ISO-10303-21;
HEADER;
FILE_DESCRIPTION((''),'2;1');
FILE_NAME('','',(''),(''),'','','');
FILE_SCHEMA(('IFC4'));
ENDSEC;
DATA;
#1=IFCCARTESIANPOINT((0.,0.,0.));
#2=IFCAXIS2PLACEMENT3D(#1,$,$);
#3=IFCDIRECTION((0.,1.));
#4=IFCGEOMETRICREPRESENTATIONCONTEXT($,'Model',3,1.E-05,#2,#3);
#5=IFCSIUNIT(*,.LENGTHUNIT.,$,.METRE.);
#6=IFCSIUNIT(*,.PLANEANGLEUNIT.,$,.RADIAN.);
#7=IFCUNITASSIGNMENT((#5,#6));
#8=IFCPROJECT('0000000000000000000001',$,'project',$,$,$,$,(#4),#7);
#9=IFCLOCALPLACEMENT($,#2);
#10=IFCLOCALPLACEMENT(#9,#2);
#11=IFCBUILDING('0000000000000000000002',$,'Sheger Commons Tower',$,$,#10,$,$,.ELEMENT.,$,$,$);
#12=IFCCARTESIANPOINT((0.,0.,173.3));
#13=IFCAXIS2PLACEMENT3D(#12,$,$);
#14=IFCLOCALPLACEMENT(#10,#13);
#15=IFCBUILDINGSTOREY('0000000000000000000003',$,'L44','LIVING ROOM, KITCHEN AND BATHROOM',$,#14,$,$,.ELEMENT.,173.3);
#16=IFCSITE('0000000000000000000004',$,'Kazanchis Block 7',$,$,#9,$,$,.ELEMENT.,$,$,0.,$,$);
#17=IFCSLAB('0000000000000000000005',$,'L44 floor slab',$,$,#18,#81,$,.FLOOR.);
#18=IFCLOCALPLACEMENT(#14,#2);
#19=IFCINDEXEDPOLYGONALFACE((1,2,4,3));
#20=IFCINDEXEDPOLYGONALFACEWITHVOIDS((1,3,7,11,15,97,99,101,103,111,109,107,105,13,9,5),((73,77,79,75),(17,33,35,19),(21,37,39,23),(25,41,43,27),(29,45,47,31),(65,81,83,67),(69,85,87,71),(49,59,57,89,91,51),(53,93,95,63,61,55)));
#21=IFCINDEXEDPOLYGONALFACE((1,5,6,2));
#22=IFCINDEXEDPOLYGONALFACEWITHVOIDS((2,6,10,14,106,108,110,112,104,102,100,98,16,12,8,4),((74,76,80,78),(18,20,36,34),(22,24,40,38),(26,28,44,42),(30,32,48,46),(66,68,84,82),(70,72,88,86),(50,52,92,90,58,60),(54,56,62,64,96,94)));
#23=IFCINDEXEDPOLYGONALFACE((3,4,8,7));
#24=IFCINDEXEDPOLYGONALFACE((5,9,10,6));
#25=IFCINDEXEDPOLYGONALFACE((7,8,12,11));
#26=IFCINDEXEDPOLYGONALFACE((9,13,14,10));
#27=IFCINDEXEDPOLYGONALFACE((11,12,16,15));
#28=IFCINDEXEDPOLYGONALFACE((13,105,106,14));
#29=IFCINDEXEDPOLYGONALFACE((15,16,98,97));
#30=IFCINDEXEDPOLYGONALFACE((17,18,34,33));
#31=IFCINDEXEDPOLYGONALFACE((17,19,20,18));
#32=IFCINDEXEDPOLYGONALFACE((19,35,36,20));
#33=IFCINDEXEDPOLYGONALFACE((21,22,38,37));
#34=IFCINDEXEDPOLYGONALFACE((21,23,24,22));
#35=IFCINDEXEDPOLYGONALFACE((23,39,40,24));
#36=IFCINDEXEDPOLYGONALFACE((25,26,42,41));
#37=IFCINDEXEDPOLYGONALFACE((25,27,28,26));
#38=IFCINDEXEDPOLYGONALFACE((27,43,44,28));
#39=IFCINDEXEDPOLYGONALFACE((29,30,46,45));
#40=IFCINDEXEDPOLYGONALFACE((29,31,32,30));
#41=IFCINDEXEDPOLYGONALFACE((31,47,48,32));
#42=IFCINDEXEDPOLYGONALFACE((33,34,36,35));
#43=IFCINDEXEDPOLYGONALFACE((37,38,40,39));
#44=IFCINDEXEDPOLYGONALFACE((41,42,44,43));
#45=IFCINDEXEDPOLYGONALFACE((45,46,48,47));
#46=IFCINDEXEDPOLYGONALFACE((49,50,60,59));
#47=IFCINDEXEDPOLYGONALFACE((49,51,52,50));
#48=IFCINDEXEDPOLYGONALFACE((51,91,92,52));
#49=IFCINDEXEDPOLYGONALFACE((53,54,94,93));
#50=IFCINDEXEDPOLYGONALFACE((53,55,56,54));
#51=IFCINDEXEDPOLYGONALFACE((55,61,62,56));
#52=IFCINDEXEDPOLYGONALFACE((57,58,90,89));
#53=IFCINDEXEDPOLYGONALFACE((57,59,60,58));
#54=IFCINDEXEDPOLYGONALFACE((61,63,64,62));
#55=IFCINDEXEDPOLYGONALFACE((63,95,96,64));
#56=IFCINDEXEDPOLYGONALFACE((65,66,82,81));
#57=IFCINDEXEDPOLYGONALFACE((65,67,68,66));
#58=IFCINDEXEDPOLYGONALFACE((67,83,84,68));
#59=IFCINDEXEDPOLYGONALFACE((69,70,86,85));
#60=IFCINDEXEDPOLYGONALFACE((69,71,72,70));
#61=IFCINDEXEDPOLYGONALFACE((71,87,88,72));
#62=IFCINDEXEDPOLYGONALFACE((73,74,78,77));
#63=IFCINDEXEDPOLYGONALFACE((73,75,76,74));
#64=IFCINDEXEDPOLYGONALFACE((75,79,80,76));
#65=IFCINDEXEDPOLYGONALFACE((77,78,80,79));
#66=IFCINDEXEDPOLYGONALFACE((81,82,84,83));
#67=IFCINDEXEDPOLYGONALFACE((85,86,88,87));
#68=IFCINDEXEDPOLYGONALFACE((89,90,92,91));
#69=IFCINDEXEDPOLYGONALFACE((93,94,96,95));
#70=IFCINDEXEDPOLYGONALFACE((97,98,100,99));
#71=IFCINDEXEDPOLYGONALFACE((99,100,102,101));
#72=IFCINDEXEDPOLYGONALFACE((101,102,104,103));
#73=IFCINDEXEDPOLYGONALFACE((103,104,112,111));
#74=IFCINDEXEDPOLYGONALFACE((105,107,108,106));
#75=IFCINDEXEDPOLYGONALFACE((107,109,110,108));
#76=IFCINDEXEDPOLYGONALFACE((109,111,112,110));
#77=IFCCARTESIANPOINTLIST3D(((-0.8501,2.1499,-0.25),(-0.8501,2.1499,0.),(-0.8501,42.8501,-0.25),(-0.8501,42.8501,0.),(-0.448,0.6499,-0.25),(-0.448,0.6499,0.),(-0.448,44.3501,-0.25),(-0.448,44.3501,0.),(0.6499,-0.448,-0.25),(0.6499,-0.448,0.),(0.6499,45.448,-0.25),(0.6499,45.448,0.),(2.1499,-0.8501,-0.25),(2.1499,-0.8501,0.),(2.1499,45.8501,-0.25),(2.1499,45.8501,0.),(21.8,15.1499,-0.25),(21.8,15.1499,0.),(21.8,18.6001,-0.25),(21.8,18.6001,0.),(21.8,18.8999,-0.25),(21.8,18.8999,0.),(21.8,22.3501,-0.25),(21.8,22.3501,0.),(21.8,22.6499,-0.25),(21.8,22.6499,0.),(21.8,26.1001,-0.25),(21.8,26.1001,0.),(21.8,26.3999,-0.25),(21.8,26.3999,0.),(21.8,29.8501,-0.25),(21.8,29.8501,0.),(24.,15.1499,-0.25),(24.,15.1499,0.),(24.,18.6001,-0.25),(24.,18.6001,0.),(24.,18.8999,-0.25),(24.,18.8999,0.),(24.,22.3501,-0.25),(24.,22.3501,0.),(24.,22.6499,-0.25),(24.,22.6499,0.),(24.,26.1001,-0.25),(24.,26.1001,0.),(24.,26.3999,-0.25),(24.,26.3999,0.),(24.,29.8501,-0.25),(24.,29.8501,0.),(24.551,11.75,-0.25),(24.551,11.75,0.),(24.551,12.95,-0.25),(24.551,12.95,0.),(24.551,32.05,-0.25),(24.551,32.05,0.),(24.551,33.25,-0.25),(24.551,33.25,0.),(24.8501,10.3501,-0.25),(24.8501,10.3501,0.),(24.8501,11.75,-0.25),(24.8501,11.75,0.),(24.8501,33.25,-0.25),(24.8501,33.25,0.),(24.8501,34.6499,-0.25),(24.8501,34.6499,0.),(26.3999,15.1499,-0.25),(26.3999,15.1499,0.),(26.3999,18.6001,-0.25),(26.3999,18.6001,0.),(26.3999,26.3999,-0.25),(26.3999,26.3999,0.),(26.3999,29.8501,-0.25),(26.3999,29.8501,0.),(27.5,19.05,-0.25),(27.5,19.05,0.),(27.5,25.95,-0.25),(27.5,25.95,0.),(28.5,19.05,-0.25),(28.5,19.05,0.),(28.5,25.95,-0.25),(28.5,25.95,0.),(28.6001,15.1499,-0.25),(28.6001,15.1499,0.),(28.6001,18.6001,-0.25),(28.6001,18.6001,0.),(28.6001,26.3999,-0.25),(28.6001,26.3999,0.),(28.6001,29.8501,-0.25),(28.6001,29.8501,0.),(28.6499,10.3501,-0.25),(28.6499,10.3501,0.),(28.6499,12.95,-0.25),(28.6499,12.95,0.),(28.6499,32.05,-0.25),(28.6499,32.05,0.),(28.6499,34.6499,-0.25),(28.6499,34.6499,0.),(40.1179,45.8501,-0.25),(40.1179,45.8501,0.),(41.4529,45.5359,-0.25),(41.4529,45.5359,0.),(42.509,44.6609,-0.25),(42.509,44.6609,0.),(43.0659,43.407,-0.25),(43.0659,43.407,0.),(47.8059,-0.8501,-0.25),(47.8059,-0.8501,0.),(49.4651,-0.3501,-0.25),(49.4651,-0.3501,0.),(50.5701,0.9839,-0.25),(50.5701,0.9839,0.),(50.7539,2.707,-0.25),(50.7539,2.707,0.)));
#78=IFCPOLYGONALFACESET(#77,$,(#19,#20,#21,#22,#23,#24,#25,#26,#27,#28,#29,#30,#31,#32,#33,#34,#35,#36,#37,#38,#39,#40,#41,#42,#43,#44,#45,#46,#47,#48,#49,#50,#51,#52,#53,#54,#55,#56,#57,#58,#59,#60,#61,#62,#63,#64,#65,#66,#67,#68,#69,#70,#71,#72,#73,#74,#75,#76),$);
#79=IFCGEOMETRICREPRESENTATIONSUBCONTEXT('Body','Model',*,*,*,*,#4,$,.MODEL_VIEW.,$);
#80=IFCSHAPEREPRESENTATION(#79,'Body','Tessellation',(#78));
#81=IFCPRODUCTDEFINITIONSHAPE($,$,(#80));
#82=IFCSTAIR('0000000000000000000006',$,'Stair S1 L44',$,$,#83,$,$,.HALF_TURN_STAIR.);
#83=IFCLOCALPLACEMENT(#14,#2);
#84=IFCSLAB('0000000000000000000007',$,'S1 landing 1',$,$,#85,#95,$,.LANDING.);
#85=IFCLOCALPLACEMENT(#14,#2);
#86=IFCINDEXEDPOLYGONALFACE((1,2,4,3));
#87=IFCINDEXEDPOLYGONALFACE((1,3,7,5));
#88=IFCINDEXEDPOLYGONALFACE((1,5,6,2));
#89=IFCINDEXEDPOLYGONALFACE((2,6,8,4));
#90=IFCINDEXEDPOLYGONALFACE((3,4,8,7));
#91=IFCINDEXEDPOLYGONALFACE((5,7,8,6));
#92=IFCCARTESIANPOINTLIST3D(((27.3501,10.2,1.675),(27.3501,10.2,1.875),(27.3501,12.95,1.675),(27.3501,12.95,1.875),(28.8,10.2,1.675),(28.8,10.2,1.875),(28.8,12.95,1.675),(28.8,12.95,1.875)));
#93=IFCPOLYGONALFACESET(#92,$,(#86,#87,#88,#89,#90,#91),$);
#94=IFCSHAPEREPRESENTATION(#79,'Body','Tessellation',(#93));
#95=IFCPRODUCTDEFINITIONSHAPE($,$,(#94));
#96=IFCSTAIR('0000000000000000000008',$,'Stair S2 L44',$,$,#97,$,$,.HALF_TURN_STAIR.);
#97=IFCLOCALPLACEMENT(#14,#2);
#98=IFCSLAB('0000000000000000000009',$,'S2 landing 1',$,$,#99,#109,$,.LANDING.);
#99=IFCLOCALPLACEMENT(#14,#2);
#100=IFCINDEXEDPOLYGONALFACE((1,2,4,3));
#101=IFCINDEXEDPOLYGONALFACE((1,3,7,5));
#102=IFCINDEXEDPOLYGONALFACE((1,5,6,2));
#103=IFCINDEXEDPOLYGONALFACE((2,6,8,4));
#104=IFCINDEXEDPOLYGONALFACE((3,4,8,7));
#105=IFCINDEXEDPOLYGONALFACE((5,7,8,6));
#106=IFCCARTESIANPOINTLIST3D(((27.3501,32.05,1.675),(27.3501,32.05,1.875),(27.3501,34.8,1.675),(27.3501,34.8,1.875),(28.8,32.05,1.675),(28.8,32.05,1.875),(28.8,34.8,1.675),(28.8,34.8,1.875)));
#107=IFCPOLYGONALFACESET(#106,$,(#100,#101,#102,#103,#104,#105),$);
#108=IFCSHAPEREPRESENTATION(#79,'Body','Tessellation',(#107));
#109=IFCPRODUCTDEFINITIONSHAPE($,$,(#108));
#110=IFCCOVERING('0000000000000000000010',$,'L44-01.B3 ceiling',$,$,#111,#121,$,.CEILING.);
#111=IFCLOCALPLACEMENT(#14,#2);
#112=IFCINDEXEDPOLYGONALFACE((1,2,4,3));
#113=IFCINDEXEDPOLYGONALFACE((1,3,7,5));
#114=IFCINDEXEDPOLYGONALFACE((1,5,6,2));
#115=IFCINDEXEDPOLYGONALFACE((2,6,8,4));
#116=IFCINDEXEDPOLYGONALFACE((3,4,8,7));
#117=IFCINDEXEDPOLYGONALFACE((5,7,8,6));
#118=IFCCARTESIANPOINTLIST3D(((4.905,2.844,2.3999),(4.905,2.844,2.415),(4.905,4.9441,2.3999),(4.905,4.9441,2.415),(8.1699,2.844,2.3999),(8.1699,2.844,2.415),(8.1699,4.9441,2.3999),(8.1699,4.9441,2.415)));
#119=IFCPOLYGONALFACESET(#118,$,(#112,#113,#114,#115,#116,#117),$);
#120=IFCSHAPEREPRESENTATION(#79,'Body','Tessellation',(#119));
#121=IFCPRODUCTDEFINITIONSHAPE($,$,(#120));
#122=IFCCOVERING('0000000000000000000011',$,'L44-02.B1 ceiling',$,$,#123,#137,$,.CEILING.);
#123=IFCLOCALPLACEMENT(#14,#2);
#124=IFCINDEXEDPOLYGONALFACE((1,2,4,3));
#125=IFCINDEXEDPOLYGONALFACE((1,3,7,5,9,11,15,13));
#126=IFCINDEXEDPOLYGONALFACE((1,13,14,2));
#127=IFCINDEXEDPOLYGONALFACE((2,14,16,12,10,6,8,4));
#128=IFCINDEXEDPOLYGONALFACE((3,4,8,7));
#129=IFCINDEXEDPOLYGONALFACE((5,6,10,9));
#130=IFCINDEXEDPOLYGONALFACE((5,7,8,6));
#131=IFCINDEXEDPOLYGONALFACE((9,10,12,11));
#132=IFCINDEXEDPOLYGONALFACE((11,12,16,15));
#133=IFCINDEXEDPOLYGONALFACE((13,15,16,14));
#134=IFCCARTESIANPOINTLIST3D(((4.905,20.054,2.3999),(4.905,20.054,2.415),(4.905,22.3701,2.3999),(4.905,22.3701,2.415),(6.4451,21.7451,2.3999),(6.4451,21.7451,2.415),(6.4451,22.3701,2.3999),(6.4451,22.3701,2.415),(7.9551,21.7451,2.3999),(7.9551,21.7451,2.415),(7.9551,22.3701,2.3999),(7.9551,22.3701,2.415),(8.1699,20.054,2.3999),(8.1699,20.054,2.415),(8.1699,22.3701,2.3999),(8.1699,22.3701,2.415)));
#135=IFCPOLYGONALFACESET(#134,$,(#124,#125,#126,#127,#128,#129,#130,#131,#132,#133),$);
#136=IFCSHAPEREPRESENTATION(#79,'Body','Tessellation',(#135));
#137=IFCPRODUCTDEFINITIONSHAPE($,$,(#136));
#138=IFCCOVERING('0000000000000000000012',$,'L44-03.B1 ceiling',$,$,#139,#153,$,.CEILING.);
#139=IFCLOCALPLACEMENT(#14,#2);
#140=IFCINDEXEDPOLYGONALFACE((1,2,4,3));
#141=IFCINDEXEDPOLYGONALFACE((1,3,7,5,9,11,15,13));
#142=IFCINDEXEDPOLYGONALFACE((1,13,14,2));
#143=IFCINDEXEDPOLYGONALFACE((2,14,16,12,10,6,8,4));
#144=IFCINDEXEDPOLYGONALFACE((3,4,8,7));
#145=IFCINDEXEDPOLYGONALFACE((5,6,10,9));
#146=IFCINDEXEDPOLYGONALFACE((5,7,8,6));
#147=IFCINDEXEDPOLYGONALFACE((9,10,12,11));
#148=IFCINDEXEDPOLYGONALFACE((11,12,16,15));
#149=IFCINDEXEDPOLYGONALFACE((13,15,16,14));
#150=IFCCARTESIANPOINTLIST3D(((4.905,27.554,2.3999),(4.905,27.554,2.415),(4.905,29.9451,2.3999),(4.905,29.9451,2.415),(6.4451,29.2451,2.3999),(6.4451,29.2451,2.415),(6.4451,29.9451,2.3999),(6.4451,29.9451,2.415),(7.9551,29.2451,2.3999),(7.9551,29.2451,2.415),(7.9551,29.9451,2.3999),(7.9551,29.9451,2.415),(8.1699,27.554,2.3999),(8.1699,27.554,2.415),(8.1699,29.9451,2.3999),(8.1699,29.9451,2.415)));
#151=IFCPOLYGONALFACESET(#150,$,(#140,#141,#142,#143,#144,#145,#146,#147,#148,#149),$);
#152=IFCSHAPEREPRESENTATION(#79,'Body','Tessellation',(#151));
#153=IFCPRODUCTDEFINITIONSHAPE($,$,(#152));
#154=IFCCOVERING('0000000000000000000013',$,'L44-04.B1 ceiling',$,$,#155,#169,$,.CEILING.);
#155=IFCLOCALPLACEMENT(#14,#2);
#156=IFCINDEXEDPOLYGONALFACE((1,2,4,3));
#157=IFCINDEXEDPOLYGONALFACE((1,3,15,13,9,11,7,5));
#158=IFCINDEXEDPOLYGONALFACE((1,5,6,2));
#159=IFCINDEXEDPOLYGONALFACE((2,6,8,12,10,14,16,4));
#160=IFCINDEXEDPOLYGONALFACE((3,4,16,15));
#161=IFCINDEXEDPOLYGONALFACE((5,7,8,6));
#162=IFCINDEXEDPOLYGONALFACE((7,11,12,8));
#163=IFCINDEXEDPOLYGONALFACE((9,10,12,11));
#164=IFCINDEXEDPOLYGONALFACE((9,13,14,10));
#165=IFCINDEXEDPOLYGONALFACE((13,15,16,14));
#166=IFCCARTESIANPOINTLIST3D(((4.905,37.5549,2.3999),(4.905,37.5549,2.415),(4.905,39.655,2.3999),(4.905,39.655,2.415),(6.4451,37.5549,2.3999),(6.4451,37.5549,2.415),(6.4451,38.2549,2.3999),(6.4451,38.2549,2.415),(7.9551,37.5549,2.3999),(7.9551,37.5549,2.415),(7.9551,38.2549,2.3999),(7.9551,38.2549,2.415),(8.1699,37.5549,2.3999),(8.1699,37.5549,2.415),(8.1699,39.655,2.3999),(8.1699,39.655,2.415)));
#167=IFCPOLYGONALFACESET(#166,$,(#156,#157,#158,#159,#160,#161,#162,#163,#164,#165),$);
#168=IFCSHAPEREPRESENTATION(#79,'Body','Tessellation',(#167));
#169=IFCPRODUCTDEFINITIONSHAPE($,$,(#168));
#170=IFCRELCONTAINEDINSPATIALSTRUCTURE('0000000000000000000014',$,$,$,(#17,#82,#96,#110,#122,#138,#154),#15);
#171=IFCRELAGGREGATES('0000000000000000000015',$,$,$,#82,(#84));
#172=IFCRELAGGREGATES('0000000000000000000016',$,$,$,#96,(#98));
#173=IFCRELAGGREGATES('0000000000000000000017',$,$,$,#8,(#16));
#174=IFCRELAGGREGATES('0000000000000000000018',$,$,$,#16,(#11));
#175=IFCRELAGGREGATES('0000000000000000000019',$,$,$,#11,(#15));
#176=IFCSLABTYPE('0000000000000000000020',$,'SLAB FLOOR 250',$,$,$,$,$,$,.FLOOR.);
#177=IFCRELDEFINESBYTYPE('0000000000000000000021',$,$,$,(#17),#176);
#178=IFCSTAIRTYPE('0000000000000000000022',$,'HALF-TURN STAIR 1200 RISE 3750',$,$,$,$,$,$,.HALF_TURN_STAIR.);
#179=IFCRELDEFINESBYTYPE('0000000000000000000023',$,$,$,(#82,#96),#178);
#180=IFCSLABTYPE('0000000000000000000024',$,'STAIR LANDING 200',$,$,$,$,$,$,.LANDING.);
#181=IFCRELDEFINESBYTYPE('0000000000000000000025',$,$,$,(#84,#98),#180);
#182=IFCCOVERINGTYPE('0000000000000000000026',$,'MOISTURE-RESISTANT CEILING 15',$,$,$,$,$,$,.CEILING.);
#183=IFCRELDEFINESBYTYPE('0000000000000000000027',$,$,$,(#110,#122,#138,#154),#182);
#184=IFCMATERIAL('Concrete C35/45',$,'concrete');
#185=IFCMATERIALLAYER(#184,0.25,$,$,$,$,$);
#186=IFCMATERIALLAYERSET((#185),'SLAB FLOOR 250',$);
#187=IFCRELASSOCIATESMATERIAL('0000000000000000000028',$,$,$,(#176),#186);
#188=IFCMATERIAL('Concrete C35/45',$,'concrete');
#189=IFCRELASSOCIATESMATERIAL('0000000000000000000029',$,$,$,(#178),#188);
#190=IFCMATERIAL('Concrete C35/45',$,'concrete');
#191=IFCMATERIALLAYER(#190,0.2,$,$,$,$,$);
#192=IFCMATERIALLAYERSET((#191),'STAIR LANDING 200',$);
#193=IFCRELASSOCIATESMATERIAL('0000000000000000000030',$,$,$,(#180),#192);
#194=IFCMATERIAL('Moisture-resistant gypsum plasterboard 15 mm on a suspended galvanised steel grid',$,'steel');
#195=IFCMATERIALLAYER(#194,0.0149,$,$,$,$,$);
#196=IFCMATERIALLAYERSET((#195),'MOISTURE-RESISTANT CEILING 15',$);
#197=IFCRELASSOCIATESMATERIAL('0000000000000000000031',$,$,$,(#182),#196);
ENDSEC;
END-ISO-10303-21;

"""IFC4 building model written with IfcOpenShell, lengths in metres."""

from ifc_helpers import new_model, si_unit, direction, frame, origin, place, context, subcontext, project, spatial, polyline, outline, extrude, material, layer, layer_set, type_object, element, aggregate, save


model = new_model("IFC4")

# Units and contexts
model_context = context("Model", 3, precision=1e-05, world=origin(), true_north=direction((0.0, 1.0)))
body_context = subcontext(model_context, "Body", "Model", "MODEL_VIEW")
ifc_project = project(units=[si_unit("LENGTHUNIT", "METRE"), si_unit("PLANEANGLEUNIT", "RADIAN")], contexts=[model_context])

# Site, building, storey
site_placement = place(None, origin())
site = spatial("IfcSite", under=ifc_project, at=site_placement, Name="Kazanchis Block 7", CompositionType="ELEMENT", RefElevation=0.0)
building_placement = place(site_placement, origin())
building = spatial("IfcBuilding", under=site, at=building_placement, Name="Sheger Commons Tower", CompositionType="ELEMENT")
storey_placement = place(building_placement, frame((0.0, 0.0, 173.3)))
storey = spatial("IfcBuildingStorey", under=building, at=storey_placement, Name="L44", Description="LIVING ROOM, KITCHEN AND BATHROOM", CompositionType="ELEMENT", Elevation=173.3)

# Slab
ifc_material_1 = material(Name="Concrete C35/45", Category="concrete")
ifc_layer_1 = layer(ifc_material_1, 0.25)
ifc_layer_set_1 = layer_set([ifc_layer_1], Name="SLAB FLOOR 250")
slab_type_1 = type_object("IfcSlabType", Name="SLAB FLOOR 250", PredefinedType="FLOOR", material=ifc_layer_set_1)
slab_1_placement = place(storey_placement, frame((0.0, 0.0, -0.25)))
element("IfcSlab", 1, at=slab_1_placement, inside=storey, type_object=slab_type_1, Name="L44 floor slab", PredefinedType="FLOOR", context=body_context, shape_type="SweptSolid", body=[
    extrude(outline(polyline([(-0.8501, 2.1499), (-0.448, 0.6499), (0.6499, -0.448), (2.1499, -0.8501), (47.8059, -0.8501), (49.4651, -0.3501), (50.5701, 0.9839), (50.7539, 2.707), (43.0659, 43.407), (42.509, 44.6609), (41.4529, 45.5359), (40.1179, 45.8501), (2.1499, 45.8501), (0.6499, 45.448), (-0.448, 44.3501), (-0.8501, 42.8501), (-0.8501, 2.1499)]), holes=[polyline([(24.8501, 10.3501), (28.6499, 10.3501), (28.6499, 12.95), (24.551, 12.95), (24.551, 11.75), (24.8501, 11.75), (24.8501, 10.3501)]), polyline([(24.551, 32.05), (28.6499, 32.05), (28.6499, 34.6499), (24.8501, 34.6499), (24.8501, 33.25), (24.551, 33.25), (24.551, 32.05)]), polyline([(26.3999, 15.1499), (28.6001, 15.1499), (28.6001, 18.6001), (26.3999, 18.6001), (26.3999, 15.1499)]), polyline([(26.3999, 26.3999), (28.6001, 26.3999), (28.6001, 29.8501), (26.3999, 29.8501), (26.3999, 26.3999)]), polyline([(21.8, 15.1499), (24.0, 15.1499), (24.0, 18.6001), (21.8, 18.6001), (21.8, 15.1499)]), polyline([(21.8, 18.8999), (24.0, 18.8999), (24.0, 22.3501), (21.8, 22.3501), (21.8, 18.8999)]), polyline([(21.8, 22.6499), (24.0, 22.6499), (24.0, 26.1001), (21.8, 26.1001), (21.8, 22.6499)]), polyline([(21.8, 26.3999), (24.0, 26.3999), (24.0, 29.8501), (21.8, 29.8501), (21.8, 26.3999)]), polyline([(27.5, 19.05), (28.5, 19.05), (28.5, 25.95), (27.5, 25.95), (27.5, 19.05)])]), origin(), (0.0, 0.0, 1.0), 0.25),
])

# Stairs, slabs
ifc_material_2 = material(Name="Concrete C35/45", Category="concrete")
stair_type = type_object("IfcStairType", Name="HALF-TURN STAIR 1200 RISE 3750", PredefinedType="HALF_TURN_STAIR", material=ifc_material_2)
stair_1_placement = place(storey_placement, origin())
stair_1 = element("IfcStair", 2, at=stair_1_placement, inside=storey, type_object=stair_type, Name="Stair S1 L44", PredefinedType="HALF_TURN_STAIR")
ifc_material_3 = material(Name="Concrete C35/45", Category="concrete")
ifc_layer_2 = layer(ifc_material_3, 0.2)
ifc_layer_set_2 = layer_set([ifc_layer_2], Name="STAIR LANDING 200")
slab_type_2 = type_object("IfcSlabType", Name="STAIR LANDING 200", PredefinedType="LANDING", material=ifc_layer_set_2)
slab_2_placement = place(storey_placement, frame((0.0, 0.0, 1.675)))
slab_2 = element("IfcSlab", 3, at=slab_2_placement, type_object=slab_type_2, Name="S1 landing 1", PredefinedType="LANDING", context=body_context, shape_type="SweptSolid", body=[
    extrude(outline(polyline([(27.3501, 10.2), (28.8, 10.2), (28.8, 12.95), (27.3501, 12.95), (27.3501, 10.2)])), origin(), (0.0, 0.0, 1.0), 0.2),
])
aggregate(stair_1, [slab_2])
stair_2_placement = place(storey_placement, origin())
stair_2 = element("IfcStair", 4, at=stair_2_placement, inside=storey, type_object=stair_type, Name="Stair S2 L44", PredefinedType="HALF_TURN_STAIR")
slab_3_placement = place(storey_placement, frame((0.0, 0.0, 1.675)))
slab_3 = element("IfcSlab", 5, at=slab_3_placement, type_object=slab_type_2, Name="S2 landing 1", PredefinedType="LANDING", context=body_context, shape_type="SweptSolid", body=[
    extrude(outline(polyline([(27.3501, 32.05), (28.8, 32.05), (28.8, 34.8), (27.3501, 34.8), (27.3501, 32.05)])), origin(), (0.0, 0.0, 1.0), 0.2),
])
aggregate(stair_2, [slab_3])

# Coverings
ifc_material_4 = material(Name="Moisture-resistant gypsum plasterboard 15 mm on a suspended galvanised steel grid", Category="steel")
ifc_layer_3 = layer(ifc_material_4, 0.0149)
ifc_layer_set_3 = layer_set([ifc_layer_3], Name="MOISTURE-RESISTANT CEILING 15")
covering_type_1 = type_object("IfcCoveringType", Name="MOISTURE-RESISTANT CEILING 15", PredefinedType="CEILING", material=ifc_layer_set_3)
covering_1_placement = place(storey_placement, frame((0.0, 0.0, 2.3999)))
element("IfcCovering", 6, at=covering_1_placement, inside=storey, type_object=covering_type_1, Name="L44-01.B3 ceiling", PredefinedType="CEILING", context=body_context, shape_type="SweptSolid", body=[
    extrude(outline(polyline([(4.905, 2.844), (8.1699, 2.844), (8.1699, 4.9441), (4.905, 4.9441), (4.905, 2.844)])), origin(), (0.0, 0.0, 1.0), 0.0151),
])
covering_2_placement = place(storey_placement, frame((0.0, 0.0, 2.3999)))
element("IfcCovering", 7, at=covering_2_placement, inside=storey, type_object=covering_type_1, Name="L44-02.B1 ceiling", PredefinedType="CEILING", context=body_context, shape_type="SweptSolid", body=[
    extrude(outline(polyline([(4.905, 20.054), (8.1699, 20.054), (8.1699, 22.3701), (7.9551, 22.3701), (7.9551, 21.7451), (6.4451, 21.7451), (6.4451, 22.3701), (4.905, 22.3701), (4.905, 20.054)])), origin(), (0.0, 0.0, 1.0), 0.0151),
])
covering_3_placement = place(storey_placement, frame((0.0, 0.0, 2.3999)))
element("IfcCovering", 8, at=covering_3_placement, inside=storey, type_object=covering_type_1, Name="L44-03.B1 ceiling", PredefinedType="CEILING", context=body_context, shape_type="SweptSolid", body=[
    extrude(outline(polyline([(4.905, 27.554), (8.1699, 27.554), (8.1699, 29.9451), (7.9551, 29.9451), (7.9551, 29.2451), (6.4451, 29.2451), (6.4451, 29.9451), (4.905, 29.9451), (4.905, 27.554)])), origin(), (0.0, 0.0, 1.0), 0.0151),
])
covering_4_placement = place(storey_placement, frame((0.0, 0.0, 2.3999)))
element("IfcCovering", 9, at=covering_4_placement, inside=storey, type_object=covering_type_1, Name="L44-04.B1 ceiling", PredefinedType="CEILING", context=body_context, shape_type="SweptSolid", body=[
    extrude(outline(polyline([(4.905, 37.5549), (6.4451, 37.5549), (6.4451, 38.2549), (7.9551, 38.2549), (7.9551, 37.5549), (8.1699, 37.5549), (8.1699, 39.655), (4.905, 39.655), (4.905, 37.5549)])), origin(), (0.0, 0.0, 1.0), 0.0151),
])

save(model, "model.ifc")
